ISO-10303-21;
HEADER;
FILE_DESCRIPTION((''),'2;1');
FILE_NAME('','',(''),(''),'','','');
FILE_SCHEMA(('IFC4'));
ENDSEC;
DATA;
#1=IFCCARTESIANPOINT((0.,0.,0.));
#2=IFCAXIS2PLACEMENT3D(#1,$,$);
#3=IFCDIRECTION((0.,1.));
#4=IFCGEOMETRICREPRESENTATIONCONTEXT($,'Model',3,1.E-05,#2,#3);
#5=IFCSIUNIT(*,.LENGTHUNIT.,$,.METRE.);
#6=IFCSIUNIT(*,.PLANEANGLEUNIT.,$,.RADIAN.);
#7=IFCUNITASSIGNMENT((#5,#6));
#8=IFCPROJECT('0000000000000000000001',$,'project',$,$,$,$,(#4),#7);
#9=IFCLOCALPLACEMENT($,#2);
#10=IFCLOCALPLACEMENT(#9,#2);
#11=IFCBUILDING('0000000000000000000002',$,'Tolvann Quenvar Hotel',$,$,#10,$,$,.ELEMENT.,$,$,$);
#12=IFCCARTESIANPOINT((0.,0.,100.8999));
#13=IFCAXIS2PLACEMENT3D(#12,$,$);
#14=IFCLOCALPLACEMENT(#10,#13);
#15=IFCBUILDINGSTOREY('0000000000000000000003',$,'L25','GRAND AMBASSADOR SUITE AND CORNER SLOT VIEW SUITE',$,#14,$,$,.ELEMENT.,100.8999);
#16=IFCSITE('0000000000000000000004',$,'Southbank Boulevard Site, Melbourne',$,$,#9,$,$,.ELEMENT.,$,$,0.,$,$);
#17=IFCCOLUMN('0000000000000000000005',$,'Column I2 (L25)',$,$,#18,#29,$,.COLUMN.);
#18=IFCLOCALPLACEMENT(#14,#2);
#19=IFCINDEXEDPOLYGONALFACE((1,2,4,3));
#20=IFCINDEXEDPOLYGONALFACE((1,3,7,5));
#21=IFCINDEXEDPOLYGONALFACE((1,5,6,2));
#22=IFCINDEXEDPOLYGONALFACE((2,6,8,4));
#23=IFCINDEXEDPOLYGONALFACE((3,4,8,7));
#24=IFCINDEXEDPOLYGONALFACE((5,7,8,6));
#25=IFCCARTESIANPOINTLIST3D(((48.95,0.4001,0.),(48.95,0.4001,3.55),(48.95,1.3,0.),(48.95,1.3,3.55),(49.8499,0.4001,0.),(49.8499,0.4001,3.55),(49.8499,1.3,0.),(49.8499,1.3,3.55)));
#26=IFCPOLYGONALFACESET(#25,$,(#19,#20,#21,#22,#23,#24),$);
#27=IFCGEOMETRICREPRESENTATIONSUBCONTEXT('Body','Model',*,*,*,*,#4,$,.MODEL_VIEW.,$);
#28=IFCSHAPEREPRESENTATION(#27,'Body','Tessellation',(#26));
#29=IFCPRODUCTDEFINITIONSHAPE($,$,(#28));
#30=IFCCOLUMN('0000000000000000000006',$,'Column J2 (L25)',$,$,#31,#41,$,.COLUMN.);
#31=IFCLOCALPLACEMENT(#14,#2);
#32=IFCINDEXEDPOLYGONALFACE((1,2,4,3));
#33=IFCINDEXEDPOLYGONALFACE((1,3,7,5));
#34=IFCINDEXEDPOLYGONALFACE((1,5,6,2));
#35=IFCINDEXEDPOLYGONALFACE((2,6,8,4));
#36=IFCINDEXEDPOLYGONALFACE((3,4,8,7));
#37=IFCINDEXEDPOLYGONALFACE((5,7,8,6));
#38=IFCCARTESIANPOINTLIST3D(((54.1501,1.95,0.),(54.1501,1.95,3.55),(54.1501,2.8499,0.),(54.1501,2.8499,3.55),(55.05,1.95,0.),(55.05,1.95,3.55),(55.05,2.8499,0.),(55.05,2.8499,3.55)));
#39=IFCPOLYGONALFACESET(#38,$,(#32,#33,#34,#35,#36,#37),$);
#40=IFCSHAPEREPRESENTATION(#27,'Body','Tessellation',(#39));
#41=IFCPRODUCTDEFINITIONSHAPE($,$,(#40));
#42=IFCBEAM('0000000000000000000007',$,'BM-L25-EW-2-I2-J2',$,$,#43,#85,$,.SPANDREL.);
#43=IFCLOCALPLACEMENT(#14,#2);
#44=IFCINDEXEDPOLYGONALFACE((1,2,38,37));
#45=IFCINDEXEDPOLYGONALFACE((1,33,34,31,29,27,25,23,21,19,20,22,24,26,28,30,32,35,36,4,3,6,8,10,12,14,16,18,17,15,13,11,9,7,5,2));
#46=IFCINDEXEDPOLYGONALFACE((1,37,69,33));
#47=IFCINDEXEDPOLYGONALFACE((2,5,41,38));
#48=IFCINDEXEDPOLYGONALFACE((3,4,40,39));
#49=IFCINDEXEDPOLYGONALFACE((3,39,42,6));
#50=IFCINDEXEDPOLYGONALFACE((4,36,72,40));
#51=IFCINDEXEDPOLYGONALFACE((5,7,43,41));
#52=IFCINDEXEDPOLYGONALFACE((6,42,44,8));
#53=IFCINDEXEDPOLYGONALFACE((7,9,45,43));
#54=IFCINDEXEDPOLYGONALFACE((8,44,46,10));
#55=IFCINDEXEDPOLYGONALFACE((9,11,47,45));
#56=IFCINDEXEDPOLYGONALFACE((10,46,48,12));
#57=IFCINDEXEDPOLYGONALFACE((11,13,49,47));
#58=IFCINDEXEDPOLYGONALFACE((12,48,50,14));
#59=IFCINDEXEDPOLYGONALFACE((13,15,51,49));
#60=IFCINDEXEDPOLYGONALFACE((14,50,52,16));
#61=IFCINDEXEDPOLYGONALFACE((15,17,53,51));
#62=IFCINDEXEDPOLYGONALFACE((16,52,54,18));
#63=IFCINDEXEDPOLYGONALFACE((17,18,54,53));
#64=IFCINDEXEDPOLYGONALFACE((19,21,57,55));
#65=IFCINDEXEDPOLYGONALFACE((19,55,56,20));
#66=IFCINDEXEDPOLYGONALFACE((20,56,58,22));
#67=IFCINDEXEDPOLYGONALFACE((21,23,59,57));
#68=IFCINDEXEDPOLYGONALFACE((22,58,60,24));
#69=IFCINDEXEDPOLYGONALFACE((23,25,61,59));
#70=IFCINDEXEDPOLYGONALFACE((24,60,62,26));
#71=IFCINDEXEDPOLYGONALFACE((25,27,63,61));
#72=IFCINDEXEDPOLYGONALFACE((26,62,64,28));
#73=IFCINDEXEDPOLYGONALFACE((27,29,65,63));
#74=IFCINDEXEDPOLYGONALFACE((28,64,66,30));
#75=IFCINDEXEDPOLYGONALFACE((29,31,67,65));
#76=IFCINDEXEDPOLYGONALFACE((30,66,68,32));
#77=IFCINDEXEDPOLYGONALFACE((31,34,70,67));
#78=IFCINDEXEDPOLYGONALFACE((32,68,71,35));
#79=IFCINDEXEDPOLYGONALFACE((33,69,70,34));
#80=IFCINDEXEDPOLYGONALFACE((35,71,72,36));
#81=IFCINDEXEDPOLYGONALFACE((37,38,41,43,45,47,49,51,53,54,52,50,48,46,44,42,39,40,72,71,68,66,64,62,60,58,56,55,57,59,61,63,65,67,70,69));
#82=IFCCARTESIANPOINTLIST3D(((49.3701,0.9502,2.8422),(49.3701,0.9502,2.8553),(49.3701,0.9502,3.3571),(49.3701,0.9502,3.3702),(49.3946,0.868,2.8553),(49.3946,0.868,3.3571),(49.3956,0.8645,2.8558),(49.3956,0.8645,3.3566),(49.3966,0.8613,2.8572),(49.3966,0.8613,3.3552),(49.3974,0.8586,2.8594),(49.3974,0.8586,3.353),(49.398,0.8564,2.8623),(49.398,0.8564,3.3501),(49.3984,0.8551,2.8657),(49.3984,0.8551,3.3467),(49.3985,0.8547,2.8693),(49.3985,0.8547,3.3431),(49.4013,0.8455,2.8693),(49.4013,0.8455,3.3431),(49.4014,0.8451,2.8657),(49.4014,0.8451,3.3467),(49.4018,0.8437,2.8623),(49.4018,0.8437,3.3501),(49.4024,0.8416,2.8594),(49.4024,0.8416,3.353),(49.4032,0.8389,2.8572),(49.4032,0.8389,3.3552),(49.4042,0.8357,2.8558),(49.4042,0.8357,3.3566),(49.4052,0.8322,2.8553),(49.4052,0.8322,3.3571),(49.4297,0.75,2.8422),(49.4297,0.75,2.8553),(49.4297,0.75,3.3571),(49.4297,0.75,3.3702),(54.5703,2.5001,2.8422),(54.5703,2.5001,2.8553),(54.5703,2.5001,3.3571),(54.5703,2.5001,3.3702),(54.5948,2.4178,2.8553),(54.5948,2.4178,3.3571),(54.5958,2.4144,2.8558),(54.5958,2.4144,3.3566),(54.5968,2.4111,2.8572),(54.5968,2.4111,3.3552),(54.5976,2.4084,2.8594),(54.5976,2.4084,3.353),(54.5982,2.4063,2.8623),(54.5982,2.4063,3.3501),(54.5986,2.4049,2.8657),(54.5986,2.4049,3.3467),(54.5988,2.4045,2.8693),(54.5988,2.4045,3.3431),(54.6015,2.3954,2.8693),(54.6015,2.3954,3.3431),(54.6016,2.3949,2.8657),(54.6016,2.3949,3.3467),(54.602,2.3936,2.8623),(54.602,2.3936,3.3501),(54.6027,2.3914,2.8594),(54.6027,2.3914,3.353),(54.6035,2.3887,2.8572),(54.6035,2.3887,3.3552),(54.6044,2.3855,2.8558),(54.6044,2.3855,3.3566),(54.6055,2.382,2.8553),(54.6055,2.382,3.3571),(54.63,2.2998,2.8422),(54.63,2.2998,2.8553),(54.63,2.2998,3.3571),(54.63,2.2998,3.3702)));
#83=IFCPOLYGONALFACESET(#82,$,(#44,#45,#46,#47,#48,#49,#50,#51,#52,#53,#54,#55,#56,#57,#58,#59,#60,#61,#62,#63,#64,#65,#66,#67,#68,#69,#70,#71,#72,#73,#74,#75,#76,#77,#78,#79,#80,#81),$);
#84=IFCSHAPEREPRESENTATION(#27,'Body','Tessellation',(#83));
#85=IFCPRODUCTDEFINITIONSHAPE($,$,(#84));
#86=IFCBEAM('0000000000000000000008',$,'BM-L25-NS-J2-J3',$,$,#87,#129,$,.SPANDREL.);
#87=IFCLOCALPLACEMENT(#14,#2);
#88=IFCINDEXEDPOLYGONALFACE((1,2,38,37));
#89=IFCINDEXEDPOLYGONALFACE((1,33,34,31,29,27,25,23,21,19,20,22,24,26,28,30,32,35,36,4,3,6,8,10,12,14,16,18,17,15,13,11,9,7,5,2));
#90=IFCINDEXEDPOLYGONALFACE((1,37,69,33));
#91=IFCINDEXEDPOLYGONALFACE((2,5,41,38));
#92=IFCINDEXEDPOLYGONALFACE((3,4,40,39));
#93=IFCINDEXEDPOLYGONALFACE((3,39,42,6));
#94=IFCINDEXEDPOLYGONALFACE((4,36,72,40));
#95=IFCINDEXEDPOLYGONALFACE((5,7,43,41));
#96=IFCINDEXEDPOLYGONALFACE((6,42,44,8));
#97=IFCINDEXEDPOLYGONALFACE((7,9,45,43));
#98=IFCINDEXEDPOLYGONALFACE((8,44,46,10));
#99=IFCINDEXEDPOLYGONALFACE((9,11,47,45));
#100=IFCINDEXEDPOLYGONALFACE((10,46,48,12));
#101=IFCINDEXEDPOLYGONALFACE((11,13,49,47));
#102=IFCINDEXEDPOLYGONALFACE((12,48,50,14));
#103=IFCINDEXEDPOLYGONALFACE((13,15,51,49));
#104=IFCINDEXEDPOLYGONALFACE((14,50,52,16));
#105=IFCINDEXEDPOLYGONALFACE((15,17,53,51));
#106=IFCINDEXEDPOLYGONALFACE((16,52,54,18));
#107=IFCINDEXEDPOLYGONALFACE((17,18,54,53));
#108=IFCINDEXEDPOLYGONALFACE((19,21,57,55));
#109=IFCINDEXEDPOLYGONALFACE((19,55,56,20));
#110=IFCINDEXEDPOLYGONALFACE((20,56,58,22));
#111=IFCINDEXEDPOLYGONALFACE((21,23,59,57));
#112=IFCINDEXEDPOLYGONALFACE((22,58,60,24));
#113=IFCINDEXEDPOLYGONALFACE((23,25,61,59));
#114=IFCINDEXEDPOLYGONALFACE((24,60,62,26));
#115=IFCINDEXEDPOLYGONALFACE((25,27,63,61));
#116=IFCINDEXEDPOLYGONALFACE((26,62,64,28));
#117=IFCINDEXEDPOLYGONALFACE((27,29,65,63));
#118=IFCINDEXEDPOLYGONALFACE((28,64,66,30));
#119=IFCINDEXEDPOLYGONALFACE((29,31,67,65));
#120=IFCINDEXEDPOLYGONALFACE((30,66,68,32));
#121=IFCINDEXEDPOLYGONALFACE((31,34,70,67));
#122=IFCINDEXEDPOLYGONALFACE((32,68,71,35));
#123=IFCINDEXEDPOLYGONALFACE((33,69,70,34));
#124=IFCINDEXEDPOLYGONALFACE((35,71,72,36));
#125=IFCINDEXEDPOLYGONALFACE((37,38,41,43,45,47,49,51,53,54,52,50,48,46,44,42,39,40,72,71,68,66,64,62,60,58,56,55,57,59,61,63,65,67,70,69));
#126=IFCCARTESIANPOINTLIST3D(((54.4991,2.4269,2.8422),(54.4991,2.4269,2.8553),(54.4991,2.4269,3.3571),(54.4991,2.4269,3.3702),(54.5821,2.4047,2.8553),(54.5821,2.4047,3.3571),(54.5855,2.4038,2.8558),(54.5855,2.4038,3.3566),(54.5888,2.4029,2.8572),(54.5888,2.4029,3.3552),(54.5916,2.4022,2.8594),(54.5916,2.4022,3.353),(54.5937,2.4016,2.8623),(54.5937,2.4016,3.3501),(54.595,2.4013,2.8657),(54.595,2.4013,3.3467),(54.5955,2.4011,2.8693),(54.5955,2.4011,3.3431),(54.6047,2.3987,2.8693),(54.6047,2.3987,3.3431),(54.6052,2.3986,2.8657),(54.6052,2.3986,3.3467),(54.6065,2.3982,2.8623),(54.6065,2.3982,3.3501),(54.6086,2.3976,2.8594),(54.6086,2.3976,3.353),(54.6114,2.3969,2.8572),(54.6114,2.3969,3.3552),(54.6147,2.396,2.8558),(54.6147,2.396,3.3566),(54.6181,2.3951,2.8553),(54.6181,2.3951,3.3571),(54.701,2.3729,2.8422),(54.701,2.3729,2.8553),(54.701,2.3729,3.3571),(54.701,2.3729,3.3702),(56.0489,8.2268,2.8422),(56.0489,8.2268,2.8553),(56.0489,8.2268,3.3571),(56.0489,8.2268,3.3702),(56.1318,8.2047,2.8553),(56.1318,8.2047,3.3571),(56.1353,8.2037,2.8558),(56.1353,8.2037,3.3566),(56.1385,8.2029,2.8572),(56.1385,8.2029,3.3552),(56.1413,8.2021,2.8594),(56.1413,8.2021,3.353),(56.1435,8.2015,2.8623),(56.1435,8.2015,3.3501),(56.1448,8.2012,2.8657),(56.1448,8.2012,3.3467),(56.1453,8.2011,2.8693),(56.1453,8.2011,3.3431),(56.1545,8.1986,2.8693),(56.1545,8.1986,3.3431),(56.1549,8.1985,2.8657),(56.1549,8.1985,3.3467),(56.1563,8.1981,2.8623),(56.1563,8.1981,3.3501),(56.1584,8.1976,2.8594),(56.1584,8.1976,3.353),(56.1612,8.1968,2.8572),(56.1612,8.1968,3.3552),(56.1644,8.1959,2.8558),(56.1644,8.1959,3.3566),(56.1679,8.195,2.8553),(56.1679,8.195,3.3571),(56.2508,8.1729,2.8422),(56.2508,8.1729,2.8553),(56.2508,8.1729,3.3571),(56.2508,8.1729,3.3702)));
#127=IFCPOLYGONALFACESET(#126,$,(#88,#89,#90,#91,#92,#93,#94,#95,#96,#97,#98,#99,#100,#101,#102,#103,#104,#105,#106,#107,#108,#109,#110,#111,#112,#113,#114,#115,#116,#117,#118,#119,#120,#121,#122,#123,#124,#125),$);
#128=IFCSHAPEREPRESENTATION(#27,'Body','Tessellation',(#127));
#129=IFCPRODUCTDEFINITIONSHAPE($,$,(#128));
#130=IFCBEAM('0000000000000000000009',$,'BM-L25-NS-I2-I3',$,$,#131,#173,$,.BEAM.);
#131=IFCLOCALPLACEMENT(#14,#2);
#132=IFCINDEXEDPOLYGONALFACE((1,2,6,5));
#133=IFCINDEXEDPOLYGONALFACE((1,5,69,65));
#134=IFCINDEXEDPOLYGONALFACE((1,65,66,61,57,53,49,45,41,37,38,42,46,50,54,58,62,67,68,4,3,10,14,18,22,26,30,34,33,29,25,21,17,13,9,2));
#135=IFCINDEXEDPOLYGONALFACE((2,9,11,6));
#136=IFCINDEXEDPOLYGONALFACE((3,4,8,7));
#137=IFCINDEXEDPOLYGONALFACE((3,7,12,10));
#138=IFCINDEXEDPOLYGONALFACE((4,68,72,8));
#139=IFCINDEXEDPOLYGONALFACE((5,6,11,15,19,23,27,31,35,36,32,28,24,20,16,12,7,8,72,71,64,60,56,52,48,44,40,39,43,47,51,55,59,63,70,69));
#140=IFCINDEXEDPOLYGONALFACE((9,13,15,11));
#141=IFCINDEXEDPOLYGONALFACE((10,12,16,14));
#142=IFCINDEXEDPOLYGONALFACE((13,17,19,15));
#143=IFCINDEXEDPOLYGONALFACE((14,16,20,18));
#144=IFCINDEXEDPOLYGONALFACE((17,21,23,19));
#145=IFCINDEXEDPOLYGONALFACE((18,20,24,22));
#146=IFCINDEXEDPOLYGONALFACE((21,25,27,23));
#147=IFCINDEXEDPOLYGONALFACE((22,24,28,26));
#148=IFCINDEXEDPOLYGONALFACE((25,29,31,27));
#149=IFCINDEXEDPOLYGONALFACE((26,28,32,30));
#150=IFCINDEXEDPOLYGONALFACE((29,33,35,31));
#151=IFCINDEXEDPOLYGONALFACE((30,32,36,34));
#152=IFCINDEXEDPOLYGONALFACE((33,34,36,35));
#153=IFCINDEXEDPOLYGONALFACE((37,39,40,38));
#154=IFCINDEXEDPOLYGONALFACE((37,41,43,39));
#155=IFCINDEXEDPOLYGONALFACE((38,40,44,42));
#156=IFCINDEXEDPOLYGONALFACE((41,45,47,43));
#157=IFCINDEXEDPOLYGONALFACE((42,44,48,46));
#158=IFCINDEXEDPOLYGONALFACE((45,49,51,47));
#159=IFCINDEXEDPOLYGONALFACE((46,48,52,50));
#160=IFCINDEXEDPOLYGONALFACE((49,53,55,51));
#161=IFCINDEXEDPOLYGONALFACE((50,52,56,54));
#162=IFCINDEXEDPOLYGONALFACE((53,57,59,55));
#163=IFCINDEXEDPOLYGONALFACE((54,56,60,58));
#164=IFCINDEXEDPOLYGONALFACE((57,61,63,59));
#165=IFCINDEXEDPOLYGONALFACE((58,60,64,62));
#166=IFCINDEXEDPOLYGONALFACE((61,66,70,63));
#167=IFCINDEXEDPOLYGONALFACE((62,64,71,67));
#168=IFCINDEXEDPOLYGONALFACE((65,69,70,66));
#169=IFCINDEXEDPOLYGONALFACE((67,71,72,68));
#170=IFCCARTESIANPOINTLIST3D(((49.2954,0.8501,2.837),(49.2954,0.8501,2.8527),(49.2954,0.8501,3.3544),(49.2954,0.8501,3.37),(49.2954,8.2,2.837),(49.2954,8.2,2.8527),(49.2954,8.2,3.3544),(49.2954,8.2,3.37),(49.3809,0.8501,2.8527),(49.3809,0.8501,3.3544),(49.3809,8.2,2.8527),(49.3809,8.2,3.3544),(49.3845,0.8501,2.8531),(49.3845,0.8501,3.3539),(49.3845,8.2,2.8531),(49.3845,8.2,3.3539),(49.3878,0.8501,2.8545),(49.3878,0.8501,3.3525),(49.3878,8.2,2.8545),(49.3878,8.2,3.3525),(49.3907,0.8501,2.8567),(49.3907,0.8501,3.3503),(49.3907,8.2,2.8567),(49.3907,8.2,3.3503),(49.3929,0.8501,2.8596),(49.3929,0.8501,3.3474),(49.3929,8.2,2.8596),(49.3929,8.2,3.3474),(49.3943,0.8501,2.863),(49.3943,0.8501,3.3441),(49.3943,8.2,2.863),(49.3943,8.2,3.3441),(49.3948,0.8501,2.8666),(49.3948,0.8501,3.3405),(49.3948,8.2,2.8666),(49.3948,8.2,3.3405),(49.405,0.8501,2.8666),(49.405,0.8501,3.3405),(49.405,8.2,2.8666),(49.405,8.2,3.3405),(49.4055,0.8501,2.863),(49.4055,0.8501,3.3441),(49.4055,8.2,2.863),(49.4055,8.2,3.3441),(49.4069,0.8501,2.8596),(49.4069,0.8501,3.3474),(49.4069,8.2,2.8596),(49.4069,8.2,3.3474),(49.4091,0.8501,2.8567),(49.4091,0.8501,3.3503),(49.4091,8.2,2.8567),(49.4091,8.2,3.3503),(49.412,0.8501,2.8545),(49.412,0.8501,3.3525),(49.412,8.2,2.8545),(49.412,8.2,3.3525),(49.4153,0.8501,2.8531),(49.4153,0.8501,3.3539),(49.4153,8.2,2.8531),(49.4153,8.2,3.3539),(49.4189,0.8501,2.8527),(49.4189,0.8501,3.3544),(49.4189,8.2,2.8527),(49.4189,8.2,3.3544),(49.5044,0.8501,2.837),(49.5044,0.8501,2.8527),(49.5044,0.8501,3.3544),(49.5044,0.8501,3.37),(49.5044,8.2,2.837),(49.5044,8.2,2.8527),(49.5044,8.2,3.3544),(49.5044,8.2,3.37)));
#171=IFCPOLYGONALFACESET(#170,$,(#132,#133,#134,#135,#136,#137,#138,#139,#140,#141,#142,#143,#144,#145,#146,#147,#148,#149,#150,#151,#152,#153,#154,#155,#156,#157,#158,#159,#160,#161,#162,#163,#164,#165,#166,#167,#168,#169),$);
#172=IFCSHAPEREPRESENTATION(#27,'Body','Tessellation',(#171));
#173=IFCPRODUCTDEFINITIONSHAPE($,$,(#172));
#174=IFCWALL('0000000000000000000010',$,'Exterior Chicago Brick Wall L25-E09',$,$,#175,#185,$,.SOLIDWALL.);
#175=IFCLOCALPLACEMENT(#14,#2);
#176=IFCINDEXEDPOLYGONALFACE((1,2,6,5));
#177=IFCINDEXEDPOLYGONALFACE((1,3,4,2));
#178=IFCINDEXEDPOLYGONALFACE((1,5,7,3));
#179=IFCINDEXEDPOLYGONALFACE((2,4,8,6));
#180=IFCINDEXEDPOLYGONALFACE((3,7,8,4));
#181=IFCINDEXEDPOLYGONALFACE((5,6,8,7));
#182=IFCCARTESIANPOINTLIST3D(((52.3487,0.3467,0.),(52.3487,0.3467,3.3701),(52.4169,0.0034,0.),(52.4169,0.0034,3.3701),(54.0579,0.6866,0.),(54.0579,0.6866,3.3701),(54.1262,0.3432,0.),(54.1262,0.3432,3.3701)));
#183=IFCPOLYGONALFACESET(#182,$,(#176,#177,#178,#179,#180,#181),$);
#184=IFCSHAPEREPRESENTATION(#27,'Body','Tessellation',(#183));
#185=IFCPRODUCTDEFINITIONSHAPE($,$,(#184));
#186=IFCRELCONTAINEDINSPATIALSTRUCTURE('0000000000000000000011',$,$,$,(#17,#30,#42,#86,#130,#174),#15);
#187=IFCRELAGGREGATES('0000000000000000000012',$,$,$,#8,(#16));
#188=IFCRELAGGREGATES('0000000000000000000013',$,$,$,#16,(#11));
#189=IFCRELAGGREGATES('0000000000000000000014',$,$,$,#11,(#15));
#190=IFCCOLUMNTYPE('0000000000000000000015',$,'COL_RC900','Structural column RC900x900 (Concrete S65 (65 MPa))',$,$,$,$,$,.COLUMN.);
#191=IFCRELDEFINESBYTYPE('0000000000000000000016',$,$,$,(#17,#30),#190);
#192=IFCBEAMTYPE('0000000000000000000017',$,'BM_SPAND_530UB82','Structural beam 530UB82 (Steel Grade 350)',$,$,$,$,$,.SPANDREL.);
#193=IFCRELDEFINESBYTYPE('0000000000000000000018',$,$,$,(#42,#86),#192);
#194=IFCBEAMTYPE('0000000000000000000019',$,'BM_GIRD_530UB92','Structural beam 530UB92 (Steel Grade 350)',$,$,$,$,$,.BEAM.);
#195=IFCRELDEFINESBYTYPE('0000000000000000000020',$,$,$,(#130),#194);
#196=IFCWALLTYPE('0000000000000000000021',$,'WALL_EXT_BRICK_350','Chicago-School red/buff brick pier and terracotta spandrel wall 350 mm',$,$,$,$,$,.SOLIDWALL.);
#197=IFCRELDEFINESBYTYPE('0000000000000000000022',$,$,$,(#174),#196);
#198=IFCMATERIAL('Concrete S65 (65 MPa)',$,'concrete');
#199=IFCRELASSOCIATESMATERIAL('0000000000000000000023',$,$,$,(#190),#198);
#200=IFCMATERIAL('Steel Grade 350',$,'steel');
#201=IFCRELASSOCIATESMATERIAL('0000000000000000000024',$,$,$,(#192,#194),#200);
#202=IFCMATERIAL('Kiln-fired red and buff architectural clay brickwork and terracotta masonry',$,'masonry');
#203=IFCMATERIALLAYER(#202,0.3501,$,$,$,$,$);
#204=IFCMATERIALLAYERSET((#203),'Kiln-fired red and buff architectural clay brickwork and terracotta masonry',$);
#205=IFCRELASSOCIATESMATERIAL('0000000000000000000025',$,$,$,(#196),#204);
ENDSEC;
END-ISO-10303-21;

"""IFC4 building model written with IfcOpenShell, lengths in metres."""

from ifc_helpers import new_model, si_unit, direction, frame, frame_2d, origin, origin_2d, place, context, subcontext, project, spatial, rectangle, i_section, extrude, source, transform, mapped, material, layer, layer_set, material_profile, profile_set, type_object, type_shapes, element, save


model = new_model("IFC4")

# Units and contexts
model_context = context("Model", 3, precision=1e-05, world=origin(), true_north=direction((0.0, 1.0)))
body_context = subcontext(model_context, "Body", "Model", "MODEL_VIEW")
ifc_project = project(units=[si_unit("LENGTHUNIT", "METRE"), si_unit("PLANEANGLEUNIT", "RADIAN")], contexts=[model_context])

# Site, building, storey
site_placement = place(None, origin())
site = spatial("IfcSite", under=ifc_project, at=site_placement, Name="Southbank Boulevard Site, Melbourne", CompositionType="ELEMENT", RefElevation=0.0)
building_placement = place(site_placement, origin())
building = spatial("IfcBuilding", under=site, at=building_placement, Name="Tolvann Quenvar Hotel", CompositionType="ELEMENT")
storey_placement = place(building_placement, frame((0.0, 0.0, 100.8999)))
storey = spatial("IfcBuildingStorey", under=building, at=storey_placement, Name="L25", Description="GRAND AMBASSADOR SUITE AND CORNER SLOT VIEW SUITE", CompositionType="ELEMENT", Elevation=100.8999)

# Columns
ifc_material_1 = material(Name="Concrete S65 (65 MPa)", Category="concrete")
ifc_material_profile_1 = material_profile(ifc_material_1, rectangle(XDim=0.8999, YDim=0.8999, at=origin_2d()), Name="RC900x900")
ifc_profile_set_1 = profile_set([ifc_material_profile_1], Name="Concrete S65 (65 MPa)")
column_type = type_object("IfcColumnType", Name="COL_RC900", Description="Structural column RC900x900 (Concrete S65 (65 MPa))", PredefinedType="COLUMN", material=ifc_profile_set_1)
shared_shape_1 = source(origin(), body_context, "Body", "SweptSolid", [
    extrude(rectangle(XDim=0.8999, YDim=0.8999, at=origin_2d()), origin(), (0.0, 0.0, 1.0), 3.55),
])
type_shapes(column_type, [shared_shape_1])
for number, where, z_axis, x_axis, name in (
    (1, (49.3999, 0.8501, 0.0), (0.0, 0.0, 1.0), (1.0, 0.0, 0.0), "Column I2 (L25)"),
    (2, (54.6001, 2.3999, 0.0), (0.0, 0.0, 1.0), (1.0, 0.0, 0.0), "Column J2 (L25)"),
):
    element("IfcColumn", number, at=place(storey_placement, frame(where, z_axis=z_axis, x_axis=x_axis)), inside=storey, type_object=column_type, Name=name, PredefinedType="COLUMN", context=body_context, shape_type="MappedRepresentation", body=[
        mapped(shared_shape_1, transform((0.0, 0.0, 0.0), x_axis=(1.0, 0.0, 0.0), y_axis=(0.0, 1.0, 0.0), z_axis=(0.0, 0.0, 1.0), scale=1.0)),
    ])

# Beams
ifc_material_2 = material(Name="Steel Grade 350", Category="steel")
ifc_material_profile_2 = material_profile(ifc_material_2, i_section(OverallWidth=0.209, OverallDepth=0.5281, WebThickness=0.0095, FlangeThickness=0.0132, FilletRadius=0.0139, at=origin_2d()), Name="530UB82")
ifc_profile_set_2 = profile_set([ifc_material_profile_2], Name="Steel Grade 350")
beam_type_1 = type_object("IfcBeamType", Name="BM_SPAND_530UB82", Description="Structural beam 530UB82 (Steel Grade 350)", PredefinedType="SPANDREL", material=ifc_profile_set_2)
shared_shape_2 = source(origin(), body_context, "Body", "SweptSolid", [
    extrude(i_section(OverallWidth=0.209, OverallDepth=0.5281, WebThickness=0.0095, FlangeThickness=0.0132, FilletRadius=0.0139, at=origin_2d()), origin(), (0.0, 0.0, 1.0), 5.4263),
])
beam_1_placement = place(storey_placement, frame((49.3999, 0.8501, 3.1062), z_axis=(0.958345, 0.285614, 0.0), x_axis=(-0.285614, 0.958345, 0.0)))
element("IfcBeam", 3, at=beam_1_placement, inside=storey, type_object=beam_type_1, Name="BM-L25-EW-2-I2-J2", PredefinedType="SPANDREL", context=body_context, shape_type="MappedRepresentation", body=[
    mapped(shared_shape_2, transform((0.0, 0.0, 0.0), x_axis=(1.0, 0.0, 0.0), y_axis=(0.0, 1.0, 0.0), z_axis=(0.0, 0.0, 1.0), scale=1.0)),
])
shared_shape_3 = source(origin(), body_context, "Body", "SweptSolid", [
    extrude(i_section(OverallWidth=0.209, OverallDepth=0.5281, WebThickness=0.0095, FlangeThickness=0.0132, FilletRadius=0.0139, at=origin_2d()), origin(), (0.0, 0.0, 1.0), 6.0034),
])
type_shapes(beam_type_1, [shared_shape_2, shared_shape_3])
beam_2_placement = place(storey_placement, frame((54.6001, 2.3999, 3.1062), z_axis=(0.258149, 0.966105, 0.0), x_axis=(-0.966105, 0.258149, 0.0)))
element("IfcBeam", 4, at=beam_2_placement, inside=storey, type_object=beam_type_1, Name="BM-L25-NS-J2-J3", PredefinedType="SPANDREL", context=body_context, shape_type="MappedRepresentation", body=[
    mapped(shared_shape_3, transform((0.0, 0.0, 0.0), x_axis=(1.0, 0.0, 0.0), y_axis=(0.0, 1.0, 0.0), z_axis=(0.0, 0.0, 1.0), scale=1.0)),
])
ifc_material_profile_3 = material_profile(ifc_material_2, i_section(OverallWidth=0.209, OverallDepth=0.533, WebThickness=0.0103, FlangeThickness=0.0156, FilletRadius=0.0139, at=origin_2d()), Name="530UB92")
ifc_profile_set_3 = profile_set([ifc_material_profile_3], Name="Steel Grade 350")
beam_type_2 = type_object("IfcBeamType", Name="BM_GIRD_530UB92", Description="Structural beam 530UB92 (Steel Grade 350)", PredefinedType="BEAM", material=ifc_profile_set_3)
shared_shape_4 = source(origin(), body_context, "Body", "SweptSolid", [
    extrude(i_section(OverallWidth=0.209, OverallDepth=0.533, WebThickness=0.0103, FlangeThickness=0.0156, FilletRadius=0.0139, at=origin_2d()), origin(), (0.0, 0.0, 1.0), 7.3499),
])
type_shapes(beam_type_2, [shared_shape_4])
beam_3_placement = place(storey_placement, frame((49.3999, 0.8501, 3.1035), z_axis=(0.0, 1.0, 0.0), x_axis=(-1.0, 0.0, 0.0)))
element("IfcBeam", 5, at=beam_3_placement, inside=storey, type_object=beam_type_2, Name="BM-L25-NS-I2-I3", PredefinedType="BEAM", context=body_context, shape_type="MappedRepresentation", body=[
    mapped(shared_shape_4, transform((0.0, 0.0, 0.0), x_axis=(1.0, 0.0, 0.0), y_axis=(0.0, 1.0, 0.0), z_axis=(0.0, 0.0, 1.0), scale=1.0)),
])

# Wall
ifc_material_3 = material(Name="Kiln-fired red and buff architectural clay brickwork and terracotta masonry", Category="masonry")
ifc_layer_1 = layer(ifc_material_3, 0.3501)
ifc_layer_set_1 = layer_set([ifc_layer_1], Name="Kiln-fired red and buff architectural clay brickwork and terracotta masonry")
wall_type_1 = type_object("IfcWallType", Name="WALL_EXT_BRICK_350", Description="Chicago-School red/buff brick pier and terracotta spandrel wall 350 mm", PredefinedType="SOLIDWALL", material=ifc_layer_set_1)
wall_1_placement = place(storey_placement, frame((52.3828, 0.175, 0.0), z_axis=(0.0, 0.0, 1.0), x_axis=(0.980801, 0.195011, 0.0)))
element("IfcWall", 6, at=wall_1_placement, inside=storey, type_object=wall_type_1, Name="Exterior Chicago Brick Wall L25-E09", PredefinedType="SOLIDWALL", context=body_context, shape_type="SweptSolid", body=[
    extrude(rectangle(XDim=1.7427, YDim=0.3501, at=frame_2d((0.8713, 0.0))), origin(), (0.0, 0.0, 1.0), 3.3701),
])

save(model, "model.ifc")
